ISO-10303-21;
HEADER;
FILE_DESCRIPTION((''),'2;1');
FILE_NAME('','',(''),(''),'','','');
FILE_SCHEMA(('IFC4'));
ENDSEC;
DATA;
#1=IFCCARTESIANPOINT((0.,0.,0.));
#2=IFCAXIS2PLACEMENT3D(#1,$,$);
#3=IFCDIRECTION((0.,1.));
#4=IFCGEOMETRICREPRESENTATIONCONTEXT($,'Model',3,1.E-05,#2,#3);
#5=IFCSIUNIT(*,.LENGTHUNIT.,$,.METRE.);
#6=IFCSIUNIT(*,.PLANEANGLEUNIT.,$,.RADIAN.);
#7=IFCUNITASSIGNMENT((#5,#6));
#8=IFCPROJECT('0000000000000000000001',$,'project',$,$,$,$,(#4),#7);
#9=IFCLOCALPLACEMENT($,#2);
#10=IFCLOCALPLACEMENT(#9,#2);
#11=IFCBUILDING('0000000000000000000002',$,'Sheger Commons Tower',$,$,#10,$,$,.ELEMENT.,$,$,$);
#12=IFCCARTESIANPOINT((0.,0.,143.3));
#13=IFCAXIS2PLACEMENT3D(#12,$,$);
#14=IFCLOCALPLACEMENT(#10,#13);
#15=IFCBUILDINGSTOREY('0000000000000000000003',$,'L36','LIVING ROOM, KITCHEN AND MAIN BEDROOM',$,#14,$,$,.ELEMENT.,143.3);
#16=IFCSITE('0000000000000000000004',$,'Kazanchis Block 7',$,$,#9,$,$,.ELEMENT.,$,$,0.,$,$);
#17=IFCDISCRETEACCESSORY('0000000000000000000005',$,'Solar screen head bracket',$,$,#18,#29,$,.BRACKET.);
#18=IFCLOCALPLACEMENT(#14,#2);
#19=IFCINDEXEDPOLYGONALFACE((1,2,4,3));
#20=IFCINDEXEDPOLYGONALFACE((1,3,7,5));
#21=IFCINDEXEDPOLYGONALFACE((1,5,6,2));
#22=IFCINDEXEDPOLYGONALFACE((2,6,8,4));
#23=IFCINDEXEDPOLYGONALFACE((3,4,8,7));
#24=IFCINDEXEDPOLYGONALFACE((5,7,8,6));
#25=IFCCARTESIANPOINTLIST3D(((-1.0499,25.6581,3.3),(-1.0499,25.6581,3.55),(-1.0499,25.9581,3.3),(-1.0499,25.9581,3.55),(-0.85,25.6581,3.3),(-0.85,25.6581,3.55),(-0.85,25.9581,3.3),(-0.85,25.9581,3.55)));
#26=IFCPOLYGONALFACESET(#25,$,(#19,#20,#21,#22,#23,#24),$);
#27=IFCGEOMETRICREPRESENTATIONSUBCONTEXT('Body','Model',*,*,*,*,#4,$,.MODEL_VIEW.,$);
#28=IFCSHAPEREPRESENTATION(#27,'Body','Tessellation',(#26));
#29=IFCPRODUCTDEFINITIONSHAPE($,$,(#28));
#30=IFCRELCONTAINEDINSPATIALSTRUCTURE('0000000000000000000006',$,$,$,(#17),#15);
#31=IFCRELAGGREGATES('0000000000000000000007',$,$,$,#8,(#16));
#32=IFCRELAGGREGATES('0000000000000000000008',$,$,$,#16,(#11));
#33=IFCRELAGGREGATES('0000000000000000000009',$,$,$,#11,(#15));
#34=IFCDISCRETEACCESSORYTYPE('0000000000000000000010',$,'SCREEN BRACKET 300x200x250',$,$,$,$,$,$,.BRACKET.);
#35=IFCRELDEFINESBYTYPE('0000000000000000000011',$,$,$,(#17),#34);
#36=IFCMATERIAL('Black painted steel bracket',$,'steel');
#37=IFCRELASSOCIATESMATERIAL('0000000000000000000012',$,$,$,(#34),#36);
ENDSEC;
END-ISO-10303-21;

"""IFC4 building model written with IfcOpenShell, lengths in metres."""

from ifc_helpers import new_model, si_unit, direction, frame, origin, origin_2d, place, context, subcontext, project, spatial, rectangle, extrude, material, type_object, element, save


model = new_model("IFC4")

# Units and contexts
model_context = context("Model", 3, precision=1e-05, world=origin(), true_north=direction((0.0, 1.0)))
body_context = subcontext(model_context, "Body", "Model", "MODEL_VIEW")
ifc_project = project(units=[si_unit("LENGTHUNIT", "METRE"), si_unit("PLANEANGLEUNIT", "RADIAN")], contexts=[model_context])

# Site, building, storey
site_placement = place(None, origin())
site = spatial("IfcSite", under=ifc_project, at=site_placement, Name="Kazanchis Block 7", CompositionType="ELEMENT", RefElevation=0.0)
building_placement = place(site_placement, origin())
building = spatial("IfcBuilding", under=site, at=building_placement, Name="Sheger Commons Tower", CompositionType="ELEMENT")
storey_placement = place(building_placement, frame((0.0, 0.0, 143.3)))
storey = spatial("IfcBuildingStorey", under=building, at=storey_placement, Name="L36", Description="LIVING ROOM, KITCHEN AND MAIN BEDROOM", CompositionType="ELEMENT", Elevation=143.3)

# Discrete accessory
ifc_material_1 = material(Name="Black painted steel bracket", Category="steel")
discrete_accessory_type = type_object("IfcDiscreteAccessoryType", Name="SCREEN BRACKET 300x200x250", PredefinedType="BRACKET", material=ifc_material_1)
for number, where, z_axis, x_axis, name in (
    (1, (-0.95, 25.8081, 3.3), (0.0, 0.0, 1.0), (0.0, -1.0, 0.0), "Solar screen head bracket"),
):
    element("IfcDiscreteAccessory", number, at=place(storey_placement, frame(where, z_axis=z_axis, x_axis=x_axis)), inside=storey, type_object=discrete_accessory_type, Name=name, PredefinedType="BRACKET", context=body_context, shape_type="SweptSolid", body=[
        extrude(rectangle(XDim=0.3, YDim=0.2, at=origin_2d()), origin(), (0.0, 0.0, 1.0), 0.25),
    ])

save(model, "model.ifc")
